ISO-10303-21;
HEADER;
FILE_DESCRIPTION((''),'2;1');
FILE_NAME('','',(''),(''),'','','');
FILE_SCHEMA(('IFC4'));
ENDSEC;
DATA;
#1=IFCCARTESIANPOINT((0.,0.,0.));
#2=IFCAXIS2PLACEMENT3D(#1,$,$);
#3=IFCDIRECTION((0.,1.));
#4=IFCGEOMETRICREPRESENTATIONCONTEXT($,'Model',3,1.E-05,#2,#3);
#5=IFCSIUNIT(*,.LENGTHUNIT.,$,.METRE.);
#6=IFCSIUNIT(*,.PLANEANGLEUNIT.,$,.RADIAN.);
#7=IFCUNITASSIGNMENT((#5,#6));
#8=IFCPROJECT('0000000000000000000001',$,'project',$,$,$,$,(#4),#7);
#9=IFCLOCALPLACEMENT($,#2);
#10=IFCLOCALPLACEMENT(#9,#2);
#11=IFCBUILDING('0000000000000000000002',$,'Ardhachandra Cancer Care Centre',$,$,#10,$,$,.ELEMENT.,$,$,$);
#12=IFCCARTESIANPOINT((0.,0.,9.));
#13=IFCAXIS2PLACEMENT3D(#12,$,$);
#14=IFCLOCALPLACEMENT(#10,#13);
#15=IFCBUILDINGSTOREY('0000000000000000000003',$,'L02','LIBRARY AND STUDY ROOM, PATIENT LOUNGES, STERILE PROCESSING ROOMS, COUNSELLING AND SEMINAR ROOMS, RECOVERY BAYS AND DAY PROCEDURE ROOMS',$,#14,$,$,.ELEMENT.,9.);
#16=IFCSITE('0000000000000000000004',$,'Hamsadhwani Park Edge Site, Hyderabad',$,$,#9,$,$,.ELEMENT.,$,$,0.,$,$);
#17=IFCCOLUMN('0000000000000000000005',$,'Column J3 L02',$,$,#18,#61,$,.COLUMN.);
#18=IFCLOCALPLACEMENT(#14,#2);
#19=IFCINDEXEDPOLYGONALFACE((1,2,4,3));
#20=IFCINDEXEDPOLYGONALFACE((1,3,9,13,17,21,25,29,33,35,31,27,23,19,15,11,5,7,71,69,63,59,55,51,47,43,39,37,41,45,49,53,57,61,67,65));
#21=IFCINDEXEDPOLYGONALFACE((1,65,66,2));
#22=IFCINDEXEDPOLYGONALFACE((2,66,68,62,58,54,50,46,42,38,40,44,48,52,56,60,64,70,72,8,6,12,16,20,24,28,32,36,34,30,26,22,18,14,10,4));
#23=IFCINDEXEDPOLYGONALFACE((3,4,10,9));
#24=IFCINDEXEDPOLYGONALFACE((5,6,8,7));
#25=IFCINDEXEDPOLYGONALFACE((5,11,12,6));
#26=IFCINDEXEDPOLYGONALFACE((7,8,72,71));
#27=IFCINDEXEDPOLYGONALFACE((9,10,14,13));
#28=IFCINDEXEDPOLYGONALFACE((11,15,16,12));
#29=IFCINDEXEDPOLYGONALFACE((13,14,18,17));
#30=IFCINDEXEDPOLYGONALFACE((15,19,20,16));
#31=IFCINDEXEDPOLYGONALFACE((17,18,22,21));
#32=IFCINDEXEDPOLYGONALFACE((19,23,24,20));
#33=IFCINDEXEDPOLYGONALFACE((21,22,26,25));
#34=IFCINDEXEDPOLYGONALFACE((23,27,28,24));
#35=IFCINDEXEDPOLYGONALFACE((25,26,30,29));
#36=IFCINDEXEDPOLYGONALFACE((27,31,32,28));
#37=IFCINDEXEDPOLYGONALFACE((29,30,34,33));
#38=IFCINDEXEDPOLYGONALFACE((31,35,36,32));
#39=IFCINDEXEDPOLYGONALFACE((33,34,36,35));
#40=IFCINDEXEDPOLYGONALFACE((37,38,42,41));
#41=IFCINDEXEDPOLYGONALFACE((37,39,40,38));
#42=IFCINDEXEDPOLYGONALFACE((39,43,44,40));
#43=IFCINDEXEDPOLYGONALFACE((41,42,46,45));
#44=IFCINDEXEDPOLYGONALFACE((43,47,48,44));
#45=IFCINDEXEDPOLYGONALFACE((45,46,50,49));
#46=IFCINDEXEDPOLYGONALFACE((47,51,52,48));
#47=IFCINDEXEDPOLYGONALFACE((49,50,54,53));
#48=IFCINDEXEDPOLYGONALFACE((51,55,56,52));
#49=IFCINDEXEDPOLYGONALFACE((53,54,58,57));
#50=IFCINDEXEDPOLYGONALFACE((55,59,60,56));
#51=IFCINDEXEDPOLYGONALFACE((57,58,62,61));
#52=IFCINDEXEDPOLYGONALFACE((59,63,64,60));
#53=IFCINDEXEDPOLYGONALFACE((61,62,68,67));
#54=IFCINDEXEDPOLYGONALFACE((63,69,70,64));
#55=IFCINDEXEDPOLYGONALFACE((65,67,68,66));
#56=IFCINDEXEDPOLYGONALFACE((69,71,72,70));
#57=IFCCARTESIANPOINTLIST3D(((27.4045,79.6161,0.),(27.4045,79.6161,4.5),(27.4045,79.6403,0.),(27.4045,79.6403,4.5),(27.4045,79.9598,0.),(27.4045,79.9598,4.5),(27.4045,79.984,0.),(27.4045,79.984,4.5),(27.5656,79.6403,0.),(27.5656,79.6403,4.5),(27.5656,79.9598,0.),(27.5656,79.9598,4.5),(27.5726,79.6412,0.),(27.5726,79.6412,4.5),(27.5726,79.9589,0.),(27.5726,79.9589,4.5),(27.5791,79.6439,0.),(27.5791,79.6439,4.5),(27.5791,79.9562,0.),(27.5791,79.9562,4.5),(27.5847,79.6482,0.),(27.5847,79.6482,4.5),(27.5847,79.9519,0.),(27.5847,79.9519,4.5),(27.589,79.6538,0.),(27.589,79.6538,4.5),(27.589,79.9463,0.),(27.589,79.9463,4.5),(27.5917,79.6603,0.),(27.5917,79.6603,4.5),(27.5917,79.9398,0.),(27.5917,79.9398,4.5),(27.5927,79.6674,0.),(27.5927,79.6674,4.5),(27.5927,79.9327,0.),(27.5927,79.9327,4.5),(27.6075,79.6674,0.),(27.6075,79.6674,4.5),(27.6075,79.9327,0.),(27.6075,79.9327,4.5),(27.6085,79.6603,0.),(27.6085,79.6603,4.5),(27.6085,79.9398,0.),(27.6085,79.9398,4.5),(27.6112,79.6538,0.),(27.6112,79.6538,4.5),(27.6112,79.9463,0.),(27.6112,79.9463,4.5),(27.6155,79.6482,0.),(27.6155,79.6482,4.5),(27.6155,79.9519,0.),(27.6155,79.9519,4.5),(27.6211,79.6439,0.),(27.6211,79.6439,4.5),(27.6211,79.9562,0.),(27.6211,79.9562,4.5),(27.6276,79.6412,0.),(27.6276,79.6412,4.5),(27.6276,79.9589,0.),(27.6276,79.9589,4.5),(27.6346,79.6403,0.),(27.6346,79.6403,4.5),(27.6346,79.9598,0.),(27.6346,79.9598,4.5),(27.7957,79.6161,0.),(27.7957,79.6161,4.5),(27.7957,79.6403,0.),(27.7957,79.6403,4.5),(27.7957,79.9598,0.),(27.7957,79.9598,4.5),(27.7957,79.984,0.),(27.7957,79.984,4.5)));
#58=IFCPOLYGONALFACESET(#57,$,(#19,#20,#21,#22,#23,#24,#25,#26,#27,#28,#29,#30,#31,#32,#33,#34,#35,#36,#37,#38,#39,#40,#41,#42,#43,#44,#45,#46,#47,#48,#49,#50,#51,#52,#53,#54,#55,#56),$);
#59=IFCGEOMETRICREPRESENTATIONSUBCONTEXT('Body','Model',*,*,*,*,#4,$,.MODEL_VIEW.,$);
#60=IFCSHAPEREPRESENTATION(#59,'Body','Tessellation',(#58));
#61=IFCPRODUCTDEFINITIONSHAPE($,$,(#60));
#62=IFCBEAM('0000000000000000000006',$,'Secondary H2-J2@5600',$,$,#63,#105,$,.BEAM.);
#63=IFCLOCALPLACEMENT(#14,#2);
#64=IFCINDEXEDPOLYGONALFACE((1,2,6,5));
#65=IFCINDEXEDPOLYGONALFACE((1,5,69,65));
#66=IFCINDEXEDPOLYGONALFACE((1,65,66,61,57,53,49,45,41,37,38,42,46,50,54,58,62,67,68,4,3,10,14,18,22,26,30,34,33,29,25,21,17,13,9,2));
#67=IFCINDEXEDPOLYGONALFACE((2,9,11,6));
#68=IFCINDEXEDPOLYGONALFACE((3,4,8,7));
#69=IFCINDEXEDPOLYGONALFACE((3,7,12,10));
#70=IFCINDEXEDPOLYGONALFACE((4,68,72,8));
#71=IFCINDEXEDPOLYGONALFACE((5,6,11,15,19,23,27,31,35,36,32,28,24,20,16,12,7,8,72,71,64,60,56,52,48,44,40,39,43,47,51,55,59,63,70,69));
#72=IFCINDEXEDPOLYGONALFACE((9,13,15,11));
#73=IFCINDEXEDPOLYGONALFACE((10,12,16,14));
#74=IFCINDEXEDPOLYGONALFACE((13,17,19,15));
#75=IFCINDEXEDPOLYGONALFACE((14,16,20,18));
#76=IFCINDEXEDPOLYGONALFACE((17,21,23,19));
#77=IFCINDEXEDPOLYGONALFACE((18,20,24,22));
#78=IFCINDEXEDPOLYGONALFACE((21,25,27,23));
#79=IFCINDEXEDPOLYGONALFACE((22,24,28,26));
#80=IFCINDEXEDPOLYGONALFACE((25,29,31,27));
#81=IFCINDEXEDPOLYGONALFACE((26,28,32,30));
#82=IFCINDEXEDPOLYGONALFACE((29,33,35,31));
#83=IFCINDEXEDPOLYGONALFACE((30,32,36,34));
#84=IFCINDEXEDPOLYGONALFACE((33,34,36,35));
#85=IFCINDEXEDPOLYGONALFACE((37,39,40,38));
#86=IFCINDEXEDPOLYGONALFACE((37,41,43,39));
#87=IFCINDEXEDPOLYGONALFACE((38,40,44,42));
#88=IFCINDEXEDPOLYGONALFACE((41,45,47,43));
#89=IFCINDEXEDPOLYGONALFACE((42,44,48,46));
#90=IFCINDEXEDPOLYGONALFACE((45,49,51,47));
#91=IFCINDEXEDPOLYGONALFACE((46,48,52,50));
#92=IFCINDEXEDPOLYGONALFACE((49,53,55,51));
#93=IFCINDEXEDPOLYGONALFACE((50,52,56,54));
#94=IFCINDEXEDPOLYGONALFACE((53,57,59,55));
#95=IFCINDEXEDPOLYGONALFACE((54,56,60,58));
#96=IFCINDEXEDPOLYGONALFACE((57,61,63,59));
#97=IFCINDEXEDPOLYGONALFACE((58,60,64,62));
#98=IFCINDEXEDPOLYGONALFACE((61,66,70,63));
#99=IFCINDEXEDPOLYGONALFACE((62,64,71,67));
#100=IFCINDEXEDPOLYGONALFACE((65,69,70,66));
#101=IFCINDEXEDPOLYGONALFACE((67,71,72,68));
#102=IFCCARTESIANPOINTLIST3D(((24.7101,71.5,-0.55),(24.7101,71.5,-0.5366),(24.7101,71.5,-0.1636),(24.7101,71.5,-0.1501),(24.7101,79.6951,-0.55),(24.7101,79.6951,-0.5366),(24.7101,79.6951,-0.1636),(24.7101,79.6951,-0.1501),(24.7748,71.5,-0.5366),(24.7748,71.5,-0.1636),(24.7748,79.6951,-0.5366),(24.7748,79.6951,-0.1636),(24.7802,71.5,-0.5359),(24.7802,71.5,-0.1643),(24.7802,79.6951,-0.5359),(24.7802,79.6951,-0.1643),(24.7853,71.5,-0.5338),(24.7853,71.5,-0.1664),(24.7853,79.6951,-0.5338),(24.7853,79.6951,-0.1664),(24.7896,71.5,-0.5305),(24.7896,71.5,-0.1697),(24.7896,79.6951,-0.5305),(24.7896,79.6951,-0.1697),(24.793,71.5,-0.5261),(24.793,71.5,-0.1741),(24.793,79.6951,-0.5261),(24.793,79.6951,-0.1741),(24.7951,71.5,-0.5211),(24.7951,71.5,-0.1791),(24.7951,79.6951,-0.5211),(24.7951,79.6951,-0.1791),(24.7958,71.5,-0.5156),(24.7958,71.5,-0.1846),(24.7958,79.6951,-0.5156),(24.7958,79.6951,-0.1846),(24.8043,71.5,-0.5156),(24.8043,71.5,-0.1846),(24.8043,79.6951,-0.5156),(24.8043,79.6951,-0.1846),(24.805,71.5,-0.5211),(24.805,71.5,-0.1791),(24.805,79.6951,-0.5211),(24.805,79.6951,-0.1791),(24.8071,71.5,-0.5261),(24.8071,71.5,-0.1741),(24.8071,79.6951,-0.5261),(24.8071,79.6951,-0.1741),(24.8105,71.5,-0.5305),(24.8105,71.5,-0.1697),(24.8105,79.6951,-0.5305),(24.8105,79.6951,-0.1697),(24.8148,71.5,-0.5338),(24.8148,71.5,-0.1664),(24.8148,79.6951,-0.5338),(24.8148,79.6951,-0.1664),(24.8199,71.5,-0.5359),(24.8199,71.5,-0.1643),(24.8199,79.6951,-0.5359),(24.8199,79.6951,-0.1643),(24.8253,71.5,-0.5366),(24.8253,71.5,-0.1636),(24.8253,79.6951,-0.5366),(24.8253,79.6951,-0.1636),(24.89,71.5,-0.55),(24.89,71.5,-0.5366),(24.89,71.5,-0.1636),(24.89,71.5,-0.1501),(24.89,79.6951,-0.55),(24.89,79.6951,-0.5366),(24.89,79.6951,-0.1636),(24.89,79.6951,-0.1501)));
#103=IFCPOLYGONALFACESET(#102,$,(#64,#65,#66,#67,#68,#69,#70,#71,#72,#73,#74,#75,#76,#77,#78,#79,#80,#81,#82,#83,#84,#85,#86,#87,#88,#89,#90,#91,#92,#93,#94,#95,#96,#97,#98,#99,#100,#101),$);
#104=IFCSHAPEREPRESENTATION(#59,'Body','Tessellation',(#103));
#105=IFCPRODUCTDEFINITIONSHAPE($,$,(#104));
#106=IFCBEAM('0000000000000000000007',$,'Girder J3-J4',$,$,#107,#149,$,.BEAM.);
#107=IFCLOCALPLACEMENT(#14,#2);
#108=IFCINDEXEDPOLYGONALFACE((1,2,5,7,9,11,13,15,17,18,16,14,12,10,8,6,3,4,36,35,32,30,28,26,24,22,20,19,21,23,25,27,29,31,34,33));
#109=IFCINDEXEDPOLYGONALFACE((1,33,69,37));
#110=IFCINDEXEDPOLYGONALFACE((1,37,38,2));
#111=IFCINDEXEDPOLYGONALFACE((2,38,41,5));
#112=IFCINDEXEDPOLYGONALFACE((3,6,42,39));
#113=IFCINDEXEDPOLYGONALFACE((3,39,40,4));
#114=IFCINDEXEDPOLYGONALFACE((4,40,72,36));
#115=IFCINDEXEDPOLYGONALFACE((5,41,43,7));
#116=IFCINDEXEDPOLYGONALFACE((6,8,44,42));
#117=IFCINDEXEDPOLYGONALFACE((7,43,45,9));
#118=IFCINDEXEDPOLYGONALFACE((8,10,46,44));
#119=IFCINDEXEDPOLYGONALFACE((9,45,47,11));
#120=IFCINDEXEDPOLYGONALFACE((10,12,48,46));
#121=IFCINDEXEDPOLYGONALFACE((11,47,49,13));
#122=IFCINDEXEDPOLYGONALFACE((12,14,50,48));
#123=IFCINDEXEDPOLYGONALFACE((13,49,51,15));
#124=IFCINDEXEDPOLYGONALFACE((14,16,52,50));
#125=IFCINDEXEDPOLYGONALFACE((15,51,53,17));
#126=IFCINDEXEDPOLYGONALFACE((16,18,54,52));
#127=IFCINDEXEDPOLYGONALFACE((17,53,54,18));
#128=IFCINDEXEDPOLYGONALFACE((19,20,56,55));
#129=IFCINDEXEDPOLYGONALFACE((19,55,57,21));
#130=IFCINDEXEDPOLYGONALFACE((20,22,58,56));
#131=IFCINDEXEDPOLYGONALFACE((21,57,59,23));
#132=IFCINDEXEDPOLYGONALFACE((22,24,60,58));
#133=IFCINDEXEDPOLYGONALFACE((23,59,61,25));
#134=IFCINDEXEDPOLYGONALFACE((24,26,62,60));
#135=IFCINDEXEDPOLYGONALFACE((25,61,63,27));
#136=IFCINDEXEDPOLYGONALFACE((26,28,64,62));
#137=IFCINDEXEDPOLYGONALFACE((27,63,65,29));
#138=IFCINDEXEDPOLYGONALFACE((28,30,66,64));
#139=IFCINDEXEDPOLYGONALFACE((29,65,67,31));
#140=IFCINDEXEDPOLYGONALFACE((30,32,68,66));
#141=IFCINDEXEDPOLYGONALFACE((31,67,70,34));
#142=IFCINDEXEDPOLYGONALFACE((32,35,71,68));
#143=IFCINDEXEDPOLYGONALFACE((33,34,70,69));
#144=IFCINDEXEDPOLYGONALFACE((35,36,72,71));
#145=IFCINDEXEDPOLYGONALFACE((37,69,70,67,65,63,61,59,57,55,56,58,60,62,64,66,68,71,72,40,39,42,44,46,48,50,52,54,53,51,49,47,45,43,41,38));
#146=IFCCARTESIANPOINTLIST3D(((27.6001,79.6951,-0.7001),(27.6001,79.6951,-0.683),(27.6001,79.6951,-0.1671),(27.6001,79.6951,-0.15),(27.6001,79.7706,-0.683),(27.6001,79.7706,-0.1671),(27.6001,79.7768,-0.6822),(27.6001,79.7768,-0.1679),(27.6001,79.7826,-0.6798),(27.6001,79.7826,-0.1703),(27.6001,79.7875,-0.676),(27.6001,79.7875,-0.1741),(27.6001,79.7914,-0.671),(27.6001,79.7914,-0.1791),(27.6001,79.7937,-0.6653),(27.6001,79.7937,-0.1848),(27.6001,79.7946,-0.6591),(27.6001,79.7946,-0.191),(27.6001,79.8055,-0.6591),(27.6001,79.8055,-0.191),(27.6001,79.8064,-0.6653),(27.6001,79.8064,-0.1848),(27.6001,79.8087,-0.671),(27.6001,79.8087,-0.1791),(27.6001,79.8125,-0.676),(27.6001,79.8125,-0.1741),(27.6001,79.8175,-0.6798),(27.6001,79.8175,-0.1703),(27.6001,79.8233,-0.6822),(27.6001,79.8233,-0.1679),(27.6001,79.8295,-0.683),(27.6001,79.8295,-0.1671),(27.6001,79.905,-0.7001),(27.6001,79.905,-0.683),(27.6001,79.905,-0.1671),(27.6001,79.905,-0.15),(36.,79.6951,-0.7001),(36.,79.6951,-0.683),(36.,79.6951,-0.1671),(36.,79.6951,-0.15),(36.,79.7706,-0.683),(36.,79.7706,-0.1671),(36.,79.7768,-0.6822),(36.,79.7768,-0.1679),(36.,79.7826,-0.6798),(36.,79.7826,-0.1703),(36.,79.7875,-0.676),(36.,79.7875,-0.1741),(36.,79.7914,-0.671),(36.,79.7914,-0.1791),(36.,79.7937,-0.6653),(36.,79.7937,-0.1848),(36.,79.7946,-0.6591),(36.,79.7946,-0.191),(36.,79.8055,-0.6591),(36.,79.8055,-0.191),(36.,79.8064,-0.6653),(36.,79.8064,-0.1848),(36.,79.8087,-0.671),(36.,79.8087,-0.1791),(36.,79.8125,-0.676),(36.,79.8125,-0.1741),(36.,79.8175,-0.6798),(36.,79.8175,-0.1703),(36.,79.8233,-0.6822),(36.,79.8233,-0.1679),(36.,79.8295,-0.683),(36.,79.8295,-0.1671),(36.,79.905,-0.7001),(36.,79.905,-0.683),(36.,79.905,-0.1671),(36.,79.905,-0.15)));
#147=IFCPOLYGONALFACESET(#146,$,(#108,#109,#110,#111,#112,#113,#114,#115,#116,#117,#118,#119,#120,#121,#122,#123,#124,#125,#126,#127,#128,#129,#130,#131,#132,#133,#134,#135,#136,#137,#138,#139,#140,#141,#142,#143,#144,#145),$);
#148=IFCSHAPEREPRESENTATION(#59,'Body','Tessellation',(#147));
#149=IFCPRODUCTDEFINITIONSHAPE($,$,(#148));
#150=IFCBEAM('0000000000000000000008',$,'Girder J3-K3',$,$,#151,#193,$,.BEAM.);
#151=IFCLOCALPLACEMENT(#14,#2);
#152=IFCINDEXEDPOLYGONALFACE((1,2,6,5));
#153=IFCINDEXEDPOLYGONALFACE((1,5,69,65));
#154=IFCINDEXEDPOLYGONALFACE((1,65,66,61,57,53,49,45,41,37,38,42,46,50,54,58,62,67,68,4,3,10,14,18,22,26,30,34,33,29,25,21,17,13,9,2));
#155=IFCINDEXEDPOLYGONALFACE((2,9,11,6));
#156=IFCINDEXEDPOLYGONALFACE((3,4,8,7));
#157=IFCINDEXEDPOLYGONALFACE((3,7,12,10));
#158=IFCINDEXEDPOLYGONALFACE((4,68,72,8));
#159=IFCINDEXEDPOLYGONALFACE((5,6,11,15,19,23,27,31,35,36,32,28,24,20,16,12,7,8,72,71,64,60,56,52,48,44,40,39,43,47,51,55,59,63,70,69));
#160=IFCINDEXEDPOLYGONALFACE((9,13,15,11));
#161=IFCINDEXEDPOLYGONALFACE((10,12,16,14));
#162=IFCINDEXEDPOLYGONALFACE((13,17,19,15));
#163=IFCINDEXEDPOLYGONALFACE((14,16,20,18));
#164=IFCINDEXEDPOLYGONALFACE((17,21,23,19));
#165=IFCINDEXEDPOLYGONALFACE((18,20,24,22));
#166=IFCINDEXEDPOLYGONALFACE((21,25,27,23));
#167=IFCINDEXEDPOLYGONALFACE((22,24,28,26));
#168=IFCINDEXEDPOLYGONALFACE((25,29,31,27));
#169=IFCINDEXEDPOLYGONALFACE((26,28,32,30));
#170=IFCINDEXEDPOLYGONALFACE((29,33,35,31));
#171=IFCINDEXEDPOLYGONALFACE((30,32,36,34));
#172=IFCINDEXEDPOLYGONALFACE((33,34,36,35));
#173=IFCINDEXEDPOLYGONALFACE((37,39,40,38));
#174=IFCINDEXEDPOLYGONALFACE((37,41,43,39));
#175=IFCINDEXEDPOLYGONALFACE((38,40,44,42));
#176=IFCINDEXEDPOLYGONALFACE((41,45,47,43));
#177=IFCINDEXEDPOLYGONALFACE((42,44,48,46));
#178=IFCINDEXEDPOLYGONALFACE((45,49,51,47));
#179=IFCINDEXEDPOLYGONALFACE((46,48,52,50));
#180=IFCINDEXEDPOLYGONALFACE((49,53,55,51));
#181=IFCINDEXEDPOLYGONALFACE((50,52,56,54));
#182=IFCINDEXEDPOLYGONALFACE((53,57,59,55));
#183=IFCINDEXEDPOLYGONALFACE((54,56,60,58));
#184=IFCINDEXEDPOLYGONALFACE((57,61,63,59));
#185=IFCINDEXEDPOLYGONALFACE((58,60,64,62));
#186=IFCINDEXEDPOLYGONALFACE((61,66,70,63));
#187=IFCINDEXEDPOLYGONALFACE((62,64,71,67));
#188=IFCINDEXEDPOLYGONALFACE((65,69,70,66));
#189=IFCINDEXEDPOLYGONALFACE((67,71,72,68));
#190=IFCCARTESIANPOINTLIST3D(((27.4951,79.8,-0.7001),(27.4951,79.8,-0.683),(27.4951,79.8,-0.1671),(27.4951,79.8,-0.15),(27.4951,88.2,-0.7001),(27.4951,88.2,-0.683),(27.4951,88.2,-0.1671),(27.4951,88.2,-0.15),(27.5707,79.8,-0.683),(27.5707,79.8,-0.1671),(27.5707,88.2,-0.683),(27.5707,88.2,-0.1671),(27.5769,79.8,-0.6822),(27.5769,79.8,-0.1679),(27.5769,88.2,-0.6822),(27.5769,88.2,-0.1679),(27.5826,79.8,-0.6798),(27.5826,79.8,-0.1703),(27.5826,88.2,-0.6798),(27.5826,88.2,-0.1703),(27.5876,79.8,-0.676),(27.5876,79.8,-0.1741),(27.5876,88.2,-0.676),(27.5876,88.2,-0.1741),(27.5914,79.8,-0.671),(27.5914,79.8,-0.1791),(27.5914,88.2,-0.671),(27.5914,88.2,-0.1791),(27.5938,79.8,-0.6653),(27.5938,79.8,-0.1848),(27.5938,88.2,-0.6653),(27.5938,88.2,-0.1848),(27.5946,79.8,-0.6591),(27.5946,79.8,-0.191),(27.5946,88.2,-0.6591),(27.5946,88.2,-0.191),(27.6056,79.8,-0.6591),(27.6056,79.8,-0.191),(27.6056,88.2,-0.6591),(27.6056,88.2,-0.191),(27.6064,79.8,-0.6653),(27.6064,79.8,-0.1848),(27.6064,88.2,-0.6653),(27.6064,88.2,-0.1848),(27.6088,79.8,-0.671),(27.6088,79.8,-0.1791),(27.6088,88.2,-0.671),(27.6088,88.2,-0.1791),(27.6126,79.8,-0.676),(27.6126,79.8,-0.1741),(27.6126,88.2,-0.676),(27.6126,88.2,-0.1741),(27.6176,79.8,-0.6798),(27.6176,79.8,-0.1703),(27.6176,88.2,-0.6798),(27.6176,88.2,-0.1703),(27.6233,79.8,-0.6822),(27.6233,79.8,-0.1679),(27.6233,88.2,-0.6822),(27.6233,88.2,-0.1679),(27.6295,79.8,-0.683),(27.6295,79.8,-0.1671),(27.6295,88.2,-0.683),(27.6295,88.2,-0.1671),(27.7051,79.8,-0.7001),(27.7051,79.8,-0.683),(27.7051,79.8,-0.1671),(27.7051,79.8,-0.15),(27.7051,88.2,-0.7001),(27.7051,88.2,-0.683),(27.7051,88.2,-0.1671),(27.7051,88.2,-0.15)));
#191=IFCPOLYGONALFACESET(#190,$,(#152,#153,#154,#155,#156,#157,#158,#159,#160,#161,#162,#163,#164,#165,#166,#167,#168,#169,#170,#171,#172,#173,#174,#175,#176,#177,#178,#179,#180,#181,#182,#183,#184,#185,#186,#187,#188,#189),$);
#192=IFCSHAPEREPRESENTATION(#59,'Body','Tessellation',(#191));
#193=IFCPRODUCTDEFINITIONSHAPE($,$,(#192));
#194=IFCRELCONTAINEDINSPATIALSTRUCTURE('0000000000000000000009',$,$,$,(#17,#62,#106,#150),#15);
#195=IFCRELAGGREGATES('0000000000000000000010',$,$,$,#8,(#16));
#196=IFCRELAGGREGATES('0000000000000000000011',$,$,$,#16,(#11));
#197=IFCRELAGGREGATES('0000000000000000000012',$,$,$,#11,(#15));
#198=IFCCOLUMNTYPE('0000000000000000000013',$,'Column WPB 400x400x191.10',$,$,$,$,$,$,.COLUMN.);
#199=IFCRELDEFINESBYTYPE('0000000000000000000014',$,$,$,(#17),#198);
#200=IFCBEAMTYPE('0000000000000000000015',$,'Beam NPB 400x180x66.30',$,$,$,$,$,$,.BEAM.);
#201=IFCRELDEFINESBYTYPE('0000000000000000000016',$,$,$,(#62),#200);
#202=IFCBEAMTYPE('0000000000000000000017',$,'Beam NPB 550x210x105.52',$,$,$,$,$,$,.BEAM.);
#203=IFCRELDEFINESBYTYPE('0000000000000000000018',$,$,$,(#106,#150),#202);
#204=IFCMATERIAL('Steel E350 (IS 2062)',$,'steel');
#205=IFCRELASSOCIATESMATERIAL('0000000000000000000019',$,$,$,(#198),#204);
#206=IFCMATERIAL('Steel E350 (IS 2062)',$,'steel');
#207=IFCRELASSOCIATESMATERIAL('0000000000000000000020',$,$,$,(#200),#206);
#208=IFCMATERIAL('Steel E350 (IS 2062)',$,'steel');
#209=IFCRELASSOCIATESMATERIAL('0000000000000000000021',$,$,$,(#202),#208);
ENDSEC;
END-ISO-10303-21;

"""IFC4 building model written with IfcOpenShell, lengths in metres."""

from ifc_helpers import new_model, si_unit, direction, frame, origin, origin_2d, place, context, subcontext, project, spatial, i_section, extrude, material, material_profile, profile_set, type_object, element, save


model = new_model("IFC4")

# Units and contexts
model_context = context("Model", 3, precision=1e-05, world=origin(), true_north=direction((0.0, 1.0)))
body_context = subcontext(model_context, "Body", "Model", "MODEL_VIEW")
ifc_project = project(units=[si_unit("LENGTHUNIT", "METRE"), si_unit("PLANEANGLEUNIT", "RADIAN")], contexts=[model_context])

# Site, building, storey
site_placement = place(None, origin())
site = spatial("IfcSite", under=ifc_project, at=site_placement, Name="Hamsadhwani Park Edge Site, Hyderabad", CompositionType="ELEMENT", RefElevation=0.0)
building_placement = place(site_placement, origin())
building = spatial("IfcBuilding", under=site, at=building_placement, Name="Ardhachandra Cancer Care Centre", CompositionType="ELEMENT")
storey_placement = place(building_placement, frame((0.0, 0.0, 9.0)))
storey = spatial("IfcBuildingStorey", under=building, at=storey_placement, Name="L02", Description="LIBRARY AND STUDY ROOM, PATIENT LOUNGES, STERILE PROCESSING ROOMS, COUNSELLING AND SEMINAR ROOMS, RECOVERY BAYS AND DAY PROCEDURE ROOMS", CompositionType="ELEMENT", Elevation=9.0)

# Column
ifc_material_1 = material(Name="Steel E350 (IS 2062)", Category="steel")
ifc_material_profile_1 = material_profile(ifc_material_1, i_section(OverallWidth=0.3911, OverallDepth=0.3679, WebThickness=0.0149, FlangeThickness=0.0242, FilletRadius=0.0271, at=origin_2d()), Name="WPB 400x400x191.10")
ifc_profile_set_1 = profile_set([ifc_material_profile_1], Name="Steel E350 (IS 2062)")
column_type = type_object("IfcColumnType", Name="Column WPB 400x400x191.10", PredefinedType="COLUMN", material=ifc_profile_set_1)
column_placement = place(storey_placement, frame((27.6001, 79.8, 0.0), z_axis=(0.0, 0.0, 1.0), x_axis=(1.0, 0.0, 0.0)))
element("IfcColumn", 1, at=column_placement, inside=storey, type_object=column_type, Name="Column J3 L02", PredefinedType="COLUMN", context=body_context, shape_type="SweptSolid", body=[
    extrude(i_section(OverallWidth=0.3911, OverallDepth=0.3679, WebThickness=0.0149, FlangeThickness=0.0242, FilletRadius=0.0271, at=origin_2d()), origin(), (0.0, 0.0, 1.0), 4.5),
])

# Beams
ifc_material_2 = material(Name="Steel E350 (IS 2062)", Category="steel")
ifc_material_profile_2 = material_profile(ifc_material_2, i_section(OverallWidth=0.1799, OverallDepth=0.3999, WebThickness=0.0085, FlangeThickness=0.0134, FilletRadius=0.021, at=origin_2d()), Name="NPB 400x180x66.30")
ifc_profile_set_2 = profile_set([ifc_material_profile_2], Name="Steel E350 (IS 2062)")
beam_type_1 = type_object("IfcBeamType", Name="Beam NPB 400x180x66.30", PredefinedType="BEAM", material=ifc_profile_set_2)
beam_placement = place(storey_placement, frame((24.8, 71.5, -0.3501), z_axis=(0.0, 1.0, 0.0), x_axis=(-1.0, 0.0, 0.0)))
element("IfcBeam", 2, at=beam_placement, inside=storey, type_object=beam_type_1, Name="Secondary H2-J2@5600", PredefinedType="BEAM", context=body_context, shape_type="SweptSolid", body=[
    extrude(i_section(OverallWidth=0.1799, OverallDepth=0.3999, WebThickness=0.0085, FlangeThickness=0.0134, FilletRadius=0.021, at=origin_2d()), origin(), (0.0, 0.0, 1.0), 8.1951),
])
ifc_material_3 = material(Name="Steel E350 (IS 2062)", Category="steel")
ifc_material_profile_3 = material_profile(ifc_material_3, i_section(OverallWidth=0.21, OverallDepth=0.55, WebThickness=0.011, FlangeThickness=0.0171, FilletRadius=0.0239, at=origin_2d()), Name="NPB 550x210x105.52")
ifc_profile_set_3 = profile_set([ifc_material_profile_3], Name="Steel E350 (IS 2062)")
beam_type_2 = type_object("IfcBeamType", Name="Beam NPB 550x210x105.52", PredefinedType="BEAM", material=ifc_profile_set_3)
for number, where, z_axis, x_axis, name in (
    (3, (27.6001, 79.8, -0.425), (1.0, 0.0, 0.0), (0.0, 1.0, 0.0), "Girder J3-J4"),
    (4, (27.6001, 79.8, -0.425), (0.0, 1.0, 0.0), (-1.0, 0.0, 0.0), "Girder J3-K3"),
):
    element("IfcBeam", number, at=place(storey_placement, frame(where, z_axis=z_axis, x_axis=x_axis)), inside=storey, type_object=beam_type_2, Name=name, PredefinedType="BEAM", context=body_context, shape_type="SweptSolid", body=[
        extrude(i_section(OverallWidth=0.21, OverallDepth=0.55, WebThickness=0.011, FlangeThickness=0.0171, FilletRadius=0.0239, at=origin_2d()), origin(), (0.0, 0.0, 1.0), 8.3999),
    ])

save(model, "model.ifc")
